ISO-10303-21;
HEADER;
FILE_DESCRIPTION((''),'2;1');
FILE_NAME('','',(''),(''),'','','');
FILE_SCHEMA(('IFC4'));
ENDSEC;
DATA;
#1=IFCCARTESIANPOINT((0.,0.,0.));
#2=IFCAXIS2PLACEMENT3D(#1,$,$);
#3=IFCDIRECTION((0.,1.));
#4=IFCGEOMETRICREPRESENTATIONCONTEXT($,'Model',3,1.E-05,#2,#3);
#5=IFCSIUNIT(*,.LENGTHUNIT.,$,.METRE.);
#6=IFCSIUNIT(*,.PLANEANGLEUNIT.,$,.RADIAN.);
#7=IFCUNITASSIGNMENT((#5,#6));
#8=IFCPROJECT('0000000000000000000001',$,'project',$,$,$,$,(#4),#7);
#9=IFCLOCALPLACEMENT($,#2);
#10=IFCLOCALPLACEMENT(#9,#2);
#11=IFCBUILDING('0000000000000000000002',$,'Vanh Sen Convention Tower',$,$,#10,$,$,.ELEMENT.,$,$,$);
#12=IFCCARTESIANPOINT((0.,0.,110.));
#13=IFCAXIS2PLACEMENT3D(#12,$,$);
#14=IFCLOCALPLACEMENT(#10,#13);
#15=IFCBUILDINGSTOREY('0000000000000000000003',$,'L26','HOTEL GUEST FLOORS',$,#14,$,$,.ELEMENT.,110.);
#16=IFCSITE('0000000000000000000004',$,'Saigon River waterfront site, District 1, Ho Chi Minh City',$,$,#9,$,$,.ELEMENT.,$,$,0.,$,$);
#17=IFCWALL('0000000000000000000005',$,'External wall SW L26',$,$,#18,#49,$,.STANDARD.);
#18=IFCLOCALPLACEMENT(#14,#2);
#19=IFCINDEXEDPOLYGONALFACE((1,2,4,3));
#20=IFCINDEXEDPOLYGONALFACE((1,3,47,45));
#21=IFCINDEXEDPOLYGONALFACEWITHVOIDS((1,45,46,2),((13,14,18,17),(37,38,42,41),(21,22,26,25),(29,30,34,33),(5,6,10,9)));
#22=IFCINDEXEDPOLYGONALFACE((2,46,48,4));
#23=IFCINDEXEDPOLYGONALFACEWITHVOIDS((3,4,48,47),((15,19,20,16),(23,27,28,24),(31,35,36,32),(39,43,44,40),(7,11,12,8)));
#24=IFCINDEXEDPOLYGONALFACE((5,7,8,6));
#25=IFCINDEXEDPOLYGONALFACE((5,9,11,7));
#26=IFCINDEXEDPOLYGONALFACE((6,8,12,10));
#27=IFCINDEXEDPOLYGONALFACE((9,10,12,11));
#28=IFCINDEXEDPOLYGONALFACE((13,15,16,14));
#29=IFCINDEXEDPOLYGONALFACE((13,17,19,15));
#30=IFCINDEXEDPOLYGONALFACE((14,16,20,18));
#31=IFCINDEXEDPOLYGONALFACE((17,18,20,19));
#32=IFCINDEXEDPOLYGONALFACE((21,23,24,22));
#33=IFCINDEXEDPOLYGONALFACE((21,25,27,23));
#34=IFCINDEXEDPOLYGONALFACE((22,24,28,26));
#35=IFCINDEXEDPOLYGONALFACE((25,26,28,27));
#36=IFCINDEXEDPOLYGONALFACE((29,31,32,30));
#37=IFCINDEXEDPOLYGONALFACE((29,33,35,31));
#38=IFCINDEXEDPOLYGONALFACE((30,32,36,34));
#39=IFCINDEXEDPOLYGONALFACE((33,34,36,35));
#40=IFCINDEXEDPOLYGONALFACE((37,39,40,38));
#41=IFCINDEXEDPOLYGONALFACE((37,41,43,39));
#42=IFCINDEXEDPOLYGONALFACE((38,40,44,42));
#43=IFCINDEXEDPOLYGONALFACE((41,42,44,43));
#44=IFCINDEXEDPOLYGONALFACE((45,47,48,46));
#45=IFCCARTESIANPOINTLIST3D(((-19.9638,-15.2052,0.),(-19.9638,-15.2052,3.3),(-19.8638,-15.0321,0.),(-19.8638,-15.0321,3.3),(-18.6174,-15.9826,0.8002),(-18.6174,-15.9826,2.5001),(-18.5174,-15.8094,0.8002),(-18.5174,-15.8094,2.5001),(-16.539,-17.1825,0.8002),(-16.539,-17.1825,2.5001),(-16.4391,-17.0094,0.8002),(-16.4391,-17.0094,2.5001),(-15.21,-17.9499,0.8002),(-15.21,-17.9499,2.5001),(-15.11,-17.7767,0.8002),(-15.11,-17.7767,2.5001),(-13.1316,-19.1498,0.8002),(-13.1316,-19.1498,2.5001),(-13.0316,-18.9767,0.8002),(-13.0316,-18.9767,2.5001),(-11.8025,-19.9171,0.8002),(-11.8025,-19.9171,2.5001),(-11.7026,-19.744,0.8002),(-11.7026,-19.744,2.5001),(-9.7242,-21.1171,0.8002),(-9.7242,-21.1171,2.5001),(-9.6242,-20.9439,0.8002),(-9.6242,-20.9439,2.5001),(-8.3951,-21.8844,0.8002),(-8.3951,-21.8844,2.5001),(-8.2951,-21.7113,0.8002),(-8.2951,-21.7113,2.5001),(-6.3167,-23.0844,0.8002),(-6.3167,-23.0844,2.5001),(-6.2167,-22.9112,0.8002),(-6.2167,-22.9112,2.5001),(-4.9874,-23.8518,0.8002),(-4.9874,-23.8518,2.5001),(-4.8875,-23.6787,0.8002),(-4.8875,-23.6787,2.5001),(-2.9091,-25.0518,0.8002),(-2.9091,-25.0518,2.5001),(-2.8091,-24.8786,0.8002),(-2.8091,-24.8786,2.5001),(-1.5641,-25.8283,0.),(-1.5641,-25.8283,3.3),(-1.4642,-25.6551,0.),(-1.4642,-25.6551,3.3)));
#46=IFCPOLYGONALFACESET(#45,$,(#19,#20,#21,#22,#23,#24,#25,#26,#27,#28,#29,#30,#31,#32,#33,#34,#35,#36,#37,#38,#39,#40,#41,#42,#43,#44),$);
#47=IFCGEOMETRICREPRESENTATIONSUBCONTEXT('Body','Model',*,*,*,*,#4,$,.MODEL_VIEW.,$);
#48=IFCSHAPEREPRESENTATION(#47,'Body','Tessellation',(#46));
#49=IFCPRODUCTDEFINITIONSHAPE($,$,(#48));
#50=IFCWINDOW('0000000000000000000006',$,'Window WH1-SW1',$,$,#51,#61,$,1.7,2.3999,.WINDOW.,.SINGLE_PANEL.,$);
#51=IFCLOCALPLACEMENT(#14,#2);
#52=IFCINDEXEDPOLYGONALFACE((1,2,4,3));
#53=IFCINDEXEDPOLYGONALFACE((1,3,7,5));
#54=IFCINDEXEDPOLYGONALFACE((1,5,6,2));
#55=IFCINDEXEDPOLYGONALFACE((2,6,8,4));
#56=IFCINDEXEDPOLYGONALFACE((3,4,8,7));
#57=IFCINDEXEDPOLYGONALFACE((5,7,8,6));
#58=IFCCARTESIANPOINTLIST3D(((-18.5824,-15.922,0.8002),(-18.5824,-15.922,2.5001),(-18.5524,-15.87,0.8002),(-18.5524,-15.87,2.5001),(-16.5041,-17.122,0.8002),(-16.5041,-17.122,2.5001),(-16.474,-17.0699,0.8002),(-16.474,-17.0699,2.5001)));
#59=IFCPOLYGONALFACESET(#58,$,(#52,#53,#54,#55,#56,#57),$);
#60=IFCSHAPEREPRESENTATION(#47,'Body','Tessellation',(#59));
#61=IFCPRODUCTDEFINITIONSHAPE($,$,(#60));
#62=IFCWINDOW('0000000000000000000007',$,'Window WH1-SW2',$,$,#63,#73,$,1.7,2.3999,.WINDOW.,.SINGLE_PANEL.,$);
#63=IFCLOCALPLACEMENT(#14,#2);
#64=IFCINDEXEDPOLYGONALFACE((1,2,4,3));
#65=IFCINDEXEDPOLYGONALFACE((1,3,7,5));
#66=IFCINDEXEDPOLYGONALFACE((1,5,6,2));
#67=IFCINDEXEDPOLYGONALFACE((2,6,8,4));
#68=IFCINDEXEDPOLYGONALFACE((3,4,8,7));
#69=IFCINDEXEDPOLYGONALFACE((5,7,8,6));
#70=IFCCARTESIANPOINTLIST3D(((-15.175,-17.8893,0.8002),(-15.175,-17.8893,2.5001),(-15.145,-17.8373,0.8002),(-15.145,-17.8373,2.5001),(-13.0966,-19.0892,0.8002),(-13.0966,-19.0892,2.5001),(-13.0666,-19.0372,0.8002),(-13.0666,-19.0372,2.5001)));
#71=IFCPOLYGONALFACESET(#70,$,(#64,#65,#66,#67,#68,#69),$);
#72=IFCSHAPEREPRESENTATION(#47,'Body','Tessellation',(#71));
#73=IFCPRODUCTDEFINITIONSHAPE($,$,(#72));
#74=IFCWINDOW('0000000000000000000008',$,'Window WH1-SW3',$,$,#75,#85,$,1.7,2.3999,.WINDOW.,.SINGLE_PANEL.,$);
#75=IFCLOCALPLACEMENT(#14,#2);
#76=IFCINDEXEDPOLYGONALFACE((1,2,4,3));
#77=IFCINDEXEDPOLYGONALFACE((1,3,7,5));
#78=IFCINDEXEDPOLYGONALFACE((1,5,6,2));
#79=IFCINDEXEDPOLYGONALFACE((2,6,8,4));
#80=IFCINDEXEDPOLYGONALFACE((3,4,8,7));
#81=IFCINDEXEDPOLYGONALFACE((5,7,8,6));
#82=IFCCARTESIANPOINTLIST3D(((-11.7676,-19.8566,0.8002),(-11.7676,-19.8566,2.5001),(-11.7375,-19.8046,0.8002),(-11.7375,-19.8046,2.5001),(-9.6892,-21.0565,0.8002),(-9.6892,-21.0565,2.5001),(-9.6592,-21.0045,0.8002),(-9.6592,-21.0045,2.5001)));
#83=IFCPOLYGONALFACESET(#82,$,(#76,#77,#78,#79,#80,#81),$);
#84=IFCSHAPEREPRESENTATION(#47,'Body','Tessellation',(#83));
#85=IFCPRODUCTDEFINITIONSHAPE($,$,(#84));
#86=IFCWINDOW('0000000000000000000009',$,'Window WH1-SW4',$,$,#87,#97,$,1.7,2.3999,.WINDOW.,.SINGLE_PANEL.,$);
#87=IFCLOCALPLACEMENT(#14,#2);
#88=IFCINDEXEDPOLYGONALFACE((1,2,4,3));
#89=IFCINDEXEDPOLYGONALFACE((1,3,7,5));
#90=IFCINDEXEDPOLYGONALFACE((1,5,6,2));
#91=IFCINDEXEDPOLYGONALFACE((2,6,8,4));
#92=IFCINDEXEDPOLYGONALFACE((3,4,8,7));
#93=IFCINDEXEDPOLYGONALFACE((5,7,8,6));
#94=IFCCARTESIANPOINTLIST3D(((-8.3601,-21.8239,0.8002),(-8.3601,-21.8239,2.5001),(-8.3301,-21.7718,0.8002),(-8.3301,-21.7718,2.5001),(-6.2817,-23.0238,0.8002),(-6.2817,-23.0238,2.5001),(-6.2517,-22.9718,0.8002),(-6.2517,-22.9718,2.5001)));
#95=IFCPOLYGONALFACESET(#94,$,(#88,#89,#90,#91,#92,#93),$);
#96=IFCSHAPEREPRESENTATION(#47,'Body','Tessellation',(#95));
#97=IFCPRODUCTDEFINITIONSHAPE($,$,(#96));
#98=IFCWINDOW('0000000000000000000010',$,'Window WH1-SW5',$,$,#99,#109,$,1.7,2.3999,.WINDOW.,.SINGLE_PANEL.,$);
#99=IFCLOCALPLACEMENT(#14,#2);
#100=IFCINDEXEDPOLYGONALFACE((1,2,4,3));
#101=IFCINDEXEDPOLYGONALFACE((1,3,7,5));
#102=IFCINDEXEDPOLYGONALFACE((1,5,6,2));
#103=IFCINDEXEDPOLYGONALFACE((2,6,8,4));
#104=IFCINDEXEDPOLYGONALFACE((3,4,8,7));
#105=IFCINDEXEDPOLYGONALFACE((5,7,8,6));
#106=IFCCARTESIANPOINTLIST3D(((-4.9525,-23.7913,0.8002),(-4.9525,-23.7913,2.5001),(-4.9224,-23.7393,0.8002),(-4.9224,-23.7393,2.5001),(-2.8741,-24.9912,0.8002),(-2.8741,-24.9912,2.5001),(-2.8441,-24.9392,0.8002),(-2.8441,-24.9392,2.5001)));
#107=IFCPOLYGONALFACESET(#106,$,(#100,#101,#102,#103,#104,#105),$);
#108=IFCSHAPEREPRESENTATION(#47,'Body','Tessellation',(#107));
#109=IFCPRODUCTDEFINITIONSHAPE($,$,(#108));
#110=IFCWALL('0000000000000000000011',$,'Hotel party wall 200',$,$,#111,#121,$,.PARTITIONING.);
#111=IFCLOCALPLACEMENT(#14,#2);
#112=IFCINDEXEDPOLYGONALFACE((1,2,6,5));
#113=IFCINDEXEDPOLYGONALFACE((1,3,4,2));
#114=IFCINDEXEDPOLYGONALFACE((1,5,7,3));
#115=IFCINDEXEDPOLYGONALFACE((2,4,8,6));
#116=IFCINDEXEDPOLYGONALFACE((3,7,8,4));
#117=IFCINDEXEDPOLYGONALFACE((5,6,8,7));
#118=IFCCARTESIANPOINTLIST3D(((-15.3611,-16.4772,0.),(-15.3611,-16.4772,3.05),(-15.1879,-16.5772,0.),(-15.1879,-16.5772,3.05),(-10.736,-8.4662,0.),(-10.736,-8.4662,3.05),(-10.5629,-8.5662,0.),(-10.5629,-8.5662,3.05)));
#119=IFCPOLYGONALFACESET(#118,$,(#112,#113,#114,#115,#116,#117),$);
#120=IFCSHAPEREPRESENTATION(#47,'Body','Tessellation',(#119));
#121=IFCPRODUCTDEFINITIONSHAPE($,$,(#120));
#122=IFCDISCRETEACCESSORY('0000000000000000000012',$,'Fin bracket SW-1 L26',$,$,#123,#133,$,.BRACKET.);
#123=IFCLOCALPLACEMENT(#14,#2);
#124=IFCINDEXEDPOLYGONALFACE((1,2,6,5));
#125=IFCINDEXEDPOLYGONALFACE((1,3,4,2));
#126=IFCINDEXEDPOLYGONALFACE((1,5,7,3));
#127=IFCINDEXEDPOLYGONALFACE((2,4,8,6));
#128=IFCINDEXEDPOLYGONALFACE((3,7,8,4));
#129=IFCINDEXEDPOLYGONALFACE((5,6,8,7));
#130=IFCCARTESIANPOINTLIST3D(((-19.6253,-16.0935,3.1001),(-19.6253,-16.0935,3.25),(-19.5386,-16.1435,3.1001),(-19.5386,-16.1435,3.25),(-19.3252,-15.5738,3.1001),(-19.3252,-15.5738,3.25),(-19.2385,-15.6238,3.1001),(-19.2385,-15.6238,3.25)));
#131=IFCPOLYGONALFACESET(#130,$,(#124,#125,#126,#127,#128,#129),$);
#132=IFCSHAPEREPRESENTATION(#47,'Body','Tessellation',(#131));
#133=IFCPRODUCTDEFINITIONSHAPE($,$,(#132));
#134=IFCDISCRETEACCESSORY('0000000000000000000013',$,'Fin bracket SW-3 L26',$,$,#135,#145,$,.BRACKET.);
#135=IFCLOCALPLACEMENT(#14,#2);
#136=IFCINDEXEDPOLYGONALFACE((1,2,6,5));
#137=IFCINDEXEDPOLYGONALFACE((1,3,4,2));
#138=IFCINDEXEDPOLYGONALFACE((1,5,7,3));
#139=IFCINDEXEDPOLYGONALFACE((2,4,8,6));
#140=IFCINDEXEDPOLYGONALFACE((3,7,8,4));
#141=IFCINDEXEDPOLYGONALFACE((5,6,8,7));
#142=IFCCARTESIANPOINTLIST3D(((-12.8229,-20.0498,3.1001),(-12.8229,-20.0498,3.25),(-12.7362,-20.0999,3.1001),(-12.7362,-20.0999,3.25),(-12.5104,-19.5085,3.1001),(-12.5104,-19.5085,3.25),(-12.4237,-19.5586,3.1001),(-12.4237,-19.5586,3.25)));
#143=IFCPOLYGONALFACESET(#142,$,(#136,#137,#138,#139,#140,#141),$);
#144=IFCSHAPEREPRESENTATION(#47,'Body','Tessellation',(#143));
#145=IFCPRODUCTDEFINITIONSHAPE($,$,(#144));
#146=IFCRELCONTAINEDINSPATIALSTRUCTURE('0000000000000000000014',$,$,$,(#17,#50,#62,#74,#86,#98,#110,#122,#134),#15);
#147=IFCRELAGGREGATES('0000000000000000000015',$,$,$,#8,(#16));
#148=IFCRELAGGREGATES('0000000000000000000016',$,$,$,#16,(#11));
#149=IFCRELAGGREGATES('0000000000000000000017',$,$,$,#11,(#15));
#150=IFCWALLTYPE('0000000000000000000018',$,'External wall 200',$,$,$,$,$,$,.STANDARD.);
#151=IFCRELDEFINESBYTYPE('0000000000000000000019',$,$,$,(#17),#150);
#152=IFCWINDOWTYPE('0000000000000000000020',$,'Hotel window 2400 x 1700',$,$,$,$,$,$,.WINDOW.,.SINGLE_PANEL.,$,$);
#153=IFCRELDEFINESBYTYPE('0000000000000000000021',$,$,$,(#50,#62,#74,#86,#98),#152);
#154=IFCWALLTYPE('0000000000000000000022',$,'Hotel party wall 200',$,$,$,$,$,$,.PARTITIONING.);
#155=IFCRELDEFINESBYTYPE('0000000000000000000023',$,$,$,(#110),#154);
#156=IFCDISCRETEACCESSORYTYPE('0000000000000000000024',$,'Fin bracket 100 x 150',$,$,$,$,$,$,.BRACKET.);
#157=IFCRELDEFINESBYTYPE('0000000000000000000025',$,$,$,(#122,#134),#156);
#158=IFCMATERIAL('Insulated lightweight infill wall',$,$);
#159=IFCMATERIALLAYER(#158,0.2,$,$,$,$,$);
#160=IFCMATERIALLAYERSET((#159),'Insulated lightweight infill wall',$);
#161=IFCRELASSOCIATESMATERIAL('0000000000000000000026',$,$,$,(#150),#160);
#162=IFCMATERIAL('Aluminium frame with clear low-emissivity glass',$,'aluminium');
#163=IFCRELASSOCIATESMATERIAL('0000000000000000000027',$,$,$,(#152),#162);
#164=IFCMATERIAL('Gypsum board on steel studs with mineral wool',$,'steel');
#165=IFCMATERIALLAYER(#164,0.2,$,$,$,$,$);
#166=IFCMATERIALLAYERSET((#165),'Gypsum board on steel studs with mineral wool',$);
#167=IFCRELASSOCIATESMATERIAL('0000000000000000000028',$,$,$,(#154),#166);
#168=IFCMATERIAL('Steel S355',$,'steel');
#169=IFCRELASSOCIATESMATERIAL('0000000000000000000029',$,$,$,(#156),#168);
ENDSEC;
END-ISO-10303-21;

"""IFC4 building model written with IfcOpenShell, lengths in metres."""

from ifc_helpers import new_model, si_unit, direction, frame, frame_2d, origin, origin_2d, place, context, subcontext, project, spatial, rectangle, extrude, material, layer, layer_set, type_object, element, fill, save


model = new_model("IFC4")

# Units and contexts
model_context = context("Model", 3, precision=1e-05, world=origin(), true_north=direction((0.0, 1.0)))
body_context = subcontext(model_context, "Body", "Model", "MODEL_VIEW")
ifc_project = project(units=[si_unit("LENGTHUNIT", "METRE"), si_unit("PLANEANGLEUNIT", "RADIAN")], contexts=[model_context])

# Site, building, storey
site_placement = place(None, origin())
site = spatial("IfcSite", under=ifc_project, at=site_placement, Name="Saigon River waterfront site, District 1, Ho Chi Minh City", CompositionType="ELEMENT", RefElevation=0.0)
building_placement = place(site_placement, origin())
building = spatial("IfcBuilding", under=site, at=building_placement, Name="Vanh Sen Convention Tower", CompositionType="ELEMENT")
storey_placement = place(building_placement, frame((0.0, 0.0, 110.0)))
storey = spatial("IfcBuildingStorey", under=building, at=storey_placement, Name="L26", Description="HOTEL GUEST FLOORS", CompositionType="ELEMENT", Elevation=110.0)

# Shared definitions
ifc_material_1 = material(Name="Insulated lightweight infill wall")
ifc_layer_1 = layer(ifc_material_1, 0.2)
ifc_layer_set_1 = layer_set([ifc_layer_1], Name="Insulated lightweight infill wall")
wall_type_1 = type_object("IfcWallType", Name="External wall 200", PredefinedType="STANDARD", material=ifc_layer_set_1)
ifc_material_2 = material(Name="Aluminium frame with clear low-emissivity glass", Category="aluminium")

# Wall, openings, windows
wall_1_placement = place(storey_placement, frame((-19.9138, -15.1187, 0.0), z_axis=(0.0, 0.0, 1.0), x_axis=(0.866025, -0.5, 0.0)))
wall_1 = element("IfcWall", 1, at=wall_1_placement, inside=storey, type_object=wall_type_1, Name="External wall SW L26", PredefinedType="STANDARD", context=body_context, shape_type="SweptSolid", body=[
    extrude(rectangle(XDim=21.2461, YDim=0.2, at=frame_2d((10.623, 0.0))), origin(), (0.0, 0.0, 1.0), 3.3),
])
opening_1_placement = place(wall_1_placement, frame((1.5547, 0.0, 0.8)))
opening_1 = element("IfcOpeningElement", 2, at=opening_1_placement, cuts=wall_1, PredefinedType="OPENING", context=body_context, shape_type="SweptSolid", body=[
    extrude(rectangle(XDim=2.3999, YDim=1.7, at=frame_2d((1.2, 0.8501))), frame((0.0, 0.1099, 0.0), z_axis=(0.0, -1.0, 0.0), x_axis=(1.0, 0.0, 0.0)), (0.0, 0.0, 1.0), 0.22),
])
opening_2_placement = place(wall_1_placement, frame((5.4893, 0.0, 0.8)))
opening_2 = element("IfcOpeningElement", 3, at=opening_2_placement, cuts=wall_1, PredefinedType="OPENING", context=body_context, shape_type="SweptSolid", body=[
    extrude(rectangle(XDim=2.3999, YDim=1.7, at=frame_2d((1.2, 0.8501))), frame((0.0, 0.1099, 0.0), z_axis=(0.0, -1.0, 0.0), x_axis=(1.0, 0.0, 0.0)), (0.0, 0.0, 1.0), 0.22),
])
opening_3_placement = place(wall_1_placement, frame((9.4238, 0.0, 0.8)))
opening_3 = element("IfcOpeningElement", 4, at=opening_3_placement, cuts=wall_1, PredefinedType="OPENING", context=body_context, shape_type="SweptSolid", body=[
    extrude(rectangle(XDim=2.3999, YDim=1.7, at=frame_2d((1.2, 0.8501))), frame((0.0, 0.1099, 0.0), z_axis=(0.0, -1.0, 0.0), x_axis=(1.0, 0.0, 0.0)), (0.0, 0.0, 1.0), 0.22),
])
opening_4_placement = place(wall_1_placement, frame((13.3584, 0.0, 0.8)))
opening_4 = element("IfcOpeningElement", 5, at=opening_4_placement, cuts=wall_1, PredefinedType="OPENING", context=body_context, shape_type="SweptSolid", body=[
    extrude(rectangle(XDim=2.3999, YDim=1.7, at=frame_2d((1.2, 0.8501))), frame((0.0, 0.1099, 0.0), z_axis=(0.0, -1.0, 0.0), x_axis=(1.0, 0.0, 0.0)), (0.0, 0.0, 1.0), 0.22),
])
opening_5_placement = place(wall_1_placement, frame((17.2932, 0.0, 0.8)))
opening_5 = element("IfcOpeningElement", 6, at=opening_5_placement, cuts=wall_1, PredefinedType="OPENING", context=body_context, shape_type="SweptSolid", body=[
    extrude(rectangle(XDim=2.3999, YDim=1.7, at=frame_2d((1.2, 0.8501))), frame((0.0, 0.1099, 0.0), z_axis=(0.0, -1.0, 0.0), x_axis=(1.0, 0.0, 0.0)), (0.0, 0.0, 1.0), 0.22),
])
window_type_1 = type_object("IfcWindowType", Name="Hotel window 2400 x 1700", PartitioningType="SINGLE_PANEL", PredefinedType="WINDOW", material=ifc_material_2)
window_1_placement = place(opening_1_placement, origin())
window_1 = element("IfcWindow", 7, at=window_1_placement, inside=storey, type_object=window_type_1, Name="Window WH1-SW1", OverallHeight=1.7, OverallWidth=2.3999, PartitioningType="SINGLE_PANEL", PredefinedType="WINDOW", context=body_context, shape_type="SweptSolid", body=[
    extrude(rectangle(XDim=2.3999, YDim=1.7, at=frame_2d((1.2, 0.8501))), frame((0.0, 0.03, 0.0), z_axis=(0.0, -1.0, 0.0), x_axis=(1.0, 0.0, 0.0)), (0.0, 0.0, 1.0), 0.0601),
])
fill(opening_1, window_1)
window_2_placement = place(opening_2_placement, origin())
window_2 = element("IfcWindow", 8, at=window_2_placement, inside=storey, type_object=window_type_1, Name="Window WH1-SW2", OverallHeight=1.7, OverallWidth=2.3999, PartitioningType="SINGLE_PANEL", PredefinedType="WINDOW", context=body_context, shape_type="SweptSolid", body=[
    extrude(rectangle(XDim=2.3999, YDim=1.7, at=frame_2d((1.2, 0.8501))), frame((0.0, 0.03, 0.0), z_axis=(0.0, -1.0, 0.0), x_axis=(1.0, 0.0, 0.0)), (0.0, 0.0, 1.0), 0.0601),
])
fill(opening_2, window_2)
window_3_placement = place(opening_3_placement, origin())
window_3 = element("IfcWindow", 9, at=window_3_placement, inside=storey, type_object=window_type_1, Name="Window WH1-SW3", OverallHeight=1.7, OverallWidth=2.3999, PartitioningType="SINGLE_PANEL", PredefinedType="WINDOW", context=body_context, shape_type="SweptSolid", body=[
    extrude(rectangle(XDim=2.3999, YDim=1.7, at=frame_2d((1.2, 0.8501))), frame((0.0, 0.03, 0.0), z_axis=(0.0, -1.0, 0.0), x_axis=(1.0, 0.0, 0.0)), (0.0, 0.0, 1.0), 0.0601),
])
fill(opening_3, window_3)
window_4_placement = place(opening_4_placement, origin())
window_4 = element("IfcWindow", 10, at=window_4_placement, inside=storey, type_object=window_type_1, Name="Window WH1-SW4", OverallHeight=1.7, OverallWidth=2.3999, PartitioningType="SINGLE_PANEL", PredefinedType="WINDOW", context=body_context, shape_type="SweptSolid", body=[
    extrude(rectangle(XDim=2.3999, YDim=1.7, at=frame_2d((1.2, 0.8501))), frame((0.0, 0.03, 0.0), z_axis=(0.0, -1.0, 0.0), x_axis=(1.0, 0.0, 0.0)), (0.0, 0.0, 1.0), 0.0601),
])
fill(opening_4, window_4)
window_5_placement = place(opening_5_placement, origin())
window_5 = element("IfcWindow", 11, at=window_5_placement, inside=storey, type_object=window_type_1, Name="Window WH1-SW5", OverallHeight=1.7, OverallWidth=2.3999, PartitioningType="SINGLE_PANEL", PredefinedType="WINDOW", context=body_context, shape_type="SweptSolid", body=[
    extrude(rectangle(XDim=2.3999, YDim=1.7, at=frame_2d((1.2, 0.8501))), frame((0.0, 0.03, 0.0), z_axis=(0.0, -1.0, 0.0), x_axis=(1.0, 0.0, 0.0)), (0.0, 0.0, 1.0), 0.0601),
])
fill(opening_5, window_5)

# Wall
ifc_material_3 = material(Name="Gypsum board on steel studs with mineral wool", Category="steel")
ifc_layer_2 = layer(ifc_material_3, 0.2)
ifc_layer_set_2 = layer_set([ifc_layer_2], Name="Gypsum board on steel studs with mineral wool")
wall_type_2 = type_object("IfcWallType", Name="Hotel party wall 200", PredefinedType="PARTITIONING", material=ifc_layer_set_2)
wall_2_placement = place(storey_placement, frame((-15.2744, -16.5271, 0.0), z_axis=(0.0, 0.0, 1.0), x_axis=(0.499988, 0.866032, 0.0)))
element("IfcWall", 12, at=wall_2_placement, inside=storey, type_object=wall_type_2, Name="Hotel party wall 200", PredefinedType="PARTITIONING", context=body_context, shape_type="SweptSolid", body=[
    extrude(rectangle(XDim=9.2502, YDim=0.2, at=frame_2d((4.625, 0.0))), origin(), (0.0, 0.0, 1.0), 3.05),
])

# Discrete accessories
ifc_material_4 = material(Name="Steel S355", Category="steel")
discrete_accessory_type = type_object("IfcDiscreteAccessoryType", Name="Fin bracket 100 x 150", PredefinedType="BRACKET", material=ifc_material_4)
discrete_accessory_1_placement = place(storey_placement, frame((-19.4319, -15.8586, 3.1001), z_axis=(0.0, 0.0, 1.0), x_axis=(-0.5, -0.866025, 0.0)))
element("IfcDiscreteAccessory", 13, at=discrete_accessory_1_placement, inside=storey, type_object=discrete_accessory_type, Name="Fin bracket SW-1 L26", PredefinedType="BRACKET", context=body_context, shape_type="SweptSolid", body=[
    extrude(rectangle(XDim=0.6001, YDim=0.1001, at=origin_2d()), origin(), (0.0, 0.0, 1.0), 0.1499),
])
discrete_accessory_2_placement = place(storey_placement, frame((-12.6233, -19.8042, 3.1001), z_axis=(0.0, 0.0, 1.0), x_axis=(-0.5, -0.866025, 0.0)))
element("IfcDiscreteAccessory", 14, at=discrete_accessory_2_placement, inside=storey, type_object=discrete_accessory_type, Name="Fin bracket SW-3 L26", PredefinedType="BRACKET", context=body_context, shape_type="SweptSolid", body=[
    extrude(rectangle(XDim=0.625, YDim=0.1001, at=origin_2d()), origin(), (0.0, 0.0, 1.0), 0.1499),
])

save(model, "model.ifc")
